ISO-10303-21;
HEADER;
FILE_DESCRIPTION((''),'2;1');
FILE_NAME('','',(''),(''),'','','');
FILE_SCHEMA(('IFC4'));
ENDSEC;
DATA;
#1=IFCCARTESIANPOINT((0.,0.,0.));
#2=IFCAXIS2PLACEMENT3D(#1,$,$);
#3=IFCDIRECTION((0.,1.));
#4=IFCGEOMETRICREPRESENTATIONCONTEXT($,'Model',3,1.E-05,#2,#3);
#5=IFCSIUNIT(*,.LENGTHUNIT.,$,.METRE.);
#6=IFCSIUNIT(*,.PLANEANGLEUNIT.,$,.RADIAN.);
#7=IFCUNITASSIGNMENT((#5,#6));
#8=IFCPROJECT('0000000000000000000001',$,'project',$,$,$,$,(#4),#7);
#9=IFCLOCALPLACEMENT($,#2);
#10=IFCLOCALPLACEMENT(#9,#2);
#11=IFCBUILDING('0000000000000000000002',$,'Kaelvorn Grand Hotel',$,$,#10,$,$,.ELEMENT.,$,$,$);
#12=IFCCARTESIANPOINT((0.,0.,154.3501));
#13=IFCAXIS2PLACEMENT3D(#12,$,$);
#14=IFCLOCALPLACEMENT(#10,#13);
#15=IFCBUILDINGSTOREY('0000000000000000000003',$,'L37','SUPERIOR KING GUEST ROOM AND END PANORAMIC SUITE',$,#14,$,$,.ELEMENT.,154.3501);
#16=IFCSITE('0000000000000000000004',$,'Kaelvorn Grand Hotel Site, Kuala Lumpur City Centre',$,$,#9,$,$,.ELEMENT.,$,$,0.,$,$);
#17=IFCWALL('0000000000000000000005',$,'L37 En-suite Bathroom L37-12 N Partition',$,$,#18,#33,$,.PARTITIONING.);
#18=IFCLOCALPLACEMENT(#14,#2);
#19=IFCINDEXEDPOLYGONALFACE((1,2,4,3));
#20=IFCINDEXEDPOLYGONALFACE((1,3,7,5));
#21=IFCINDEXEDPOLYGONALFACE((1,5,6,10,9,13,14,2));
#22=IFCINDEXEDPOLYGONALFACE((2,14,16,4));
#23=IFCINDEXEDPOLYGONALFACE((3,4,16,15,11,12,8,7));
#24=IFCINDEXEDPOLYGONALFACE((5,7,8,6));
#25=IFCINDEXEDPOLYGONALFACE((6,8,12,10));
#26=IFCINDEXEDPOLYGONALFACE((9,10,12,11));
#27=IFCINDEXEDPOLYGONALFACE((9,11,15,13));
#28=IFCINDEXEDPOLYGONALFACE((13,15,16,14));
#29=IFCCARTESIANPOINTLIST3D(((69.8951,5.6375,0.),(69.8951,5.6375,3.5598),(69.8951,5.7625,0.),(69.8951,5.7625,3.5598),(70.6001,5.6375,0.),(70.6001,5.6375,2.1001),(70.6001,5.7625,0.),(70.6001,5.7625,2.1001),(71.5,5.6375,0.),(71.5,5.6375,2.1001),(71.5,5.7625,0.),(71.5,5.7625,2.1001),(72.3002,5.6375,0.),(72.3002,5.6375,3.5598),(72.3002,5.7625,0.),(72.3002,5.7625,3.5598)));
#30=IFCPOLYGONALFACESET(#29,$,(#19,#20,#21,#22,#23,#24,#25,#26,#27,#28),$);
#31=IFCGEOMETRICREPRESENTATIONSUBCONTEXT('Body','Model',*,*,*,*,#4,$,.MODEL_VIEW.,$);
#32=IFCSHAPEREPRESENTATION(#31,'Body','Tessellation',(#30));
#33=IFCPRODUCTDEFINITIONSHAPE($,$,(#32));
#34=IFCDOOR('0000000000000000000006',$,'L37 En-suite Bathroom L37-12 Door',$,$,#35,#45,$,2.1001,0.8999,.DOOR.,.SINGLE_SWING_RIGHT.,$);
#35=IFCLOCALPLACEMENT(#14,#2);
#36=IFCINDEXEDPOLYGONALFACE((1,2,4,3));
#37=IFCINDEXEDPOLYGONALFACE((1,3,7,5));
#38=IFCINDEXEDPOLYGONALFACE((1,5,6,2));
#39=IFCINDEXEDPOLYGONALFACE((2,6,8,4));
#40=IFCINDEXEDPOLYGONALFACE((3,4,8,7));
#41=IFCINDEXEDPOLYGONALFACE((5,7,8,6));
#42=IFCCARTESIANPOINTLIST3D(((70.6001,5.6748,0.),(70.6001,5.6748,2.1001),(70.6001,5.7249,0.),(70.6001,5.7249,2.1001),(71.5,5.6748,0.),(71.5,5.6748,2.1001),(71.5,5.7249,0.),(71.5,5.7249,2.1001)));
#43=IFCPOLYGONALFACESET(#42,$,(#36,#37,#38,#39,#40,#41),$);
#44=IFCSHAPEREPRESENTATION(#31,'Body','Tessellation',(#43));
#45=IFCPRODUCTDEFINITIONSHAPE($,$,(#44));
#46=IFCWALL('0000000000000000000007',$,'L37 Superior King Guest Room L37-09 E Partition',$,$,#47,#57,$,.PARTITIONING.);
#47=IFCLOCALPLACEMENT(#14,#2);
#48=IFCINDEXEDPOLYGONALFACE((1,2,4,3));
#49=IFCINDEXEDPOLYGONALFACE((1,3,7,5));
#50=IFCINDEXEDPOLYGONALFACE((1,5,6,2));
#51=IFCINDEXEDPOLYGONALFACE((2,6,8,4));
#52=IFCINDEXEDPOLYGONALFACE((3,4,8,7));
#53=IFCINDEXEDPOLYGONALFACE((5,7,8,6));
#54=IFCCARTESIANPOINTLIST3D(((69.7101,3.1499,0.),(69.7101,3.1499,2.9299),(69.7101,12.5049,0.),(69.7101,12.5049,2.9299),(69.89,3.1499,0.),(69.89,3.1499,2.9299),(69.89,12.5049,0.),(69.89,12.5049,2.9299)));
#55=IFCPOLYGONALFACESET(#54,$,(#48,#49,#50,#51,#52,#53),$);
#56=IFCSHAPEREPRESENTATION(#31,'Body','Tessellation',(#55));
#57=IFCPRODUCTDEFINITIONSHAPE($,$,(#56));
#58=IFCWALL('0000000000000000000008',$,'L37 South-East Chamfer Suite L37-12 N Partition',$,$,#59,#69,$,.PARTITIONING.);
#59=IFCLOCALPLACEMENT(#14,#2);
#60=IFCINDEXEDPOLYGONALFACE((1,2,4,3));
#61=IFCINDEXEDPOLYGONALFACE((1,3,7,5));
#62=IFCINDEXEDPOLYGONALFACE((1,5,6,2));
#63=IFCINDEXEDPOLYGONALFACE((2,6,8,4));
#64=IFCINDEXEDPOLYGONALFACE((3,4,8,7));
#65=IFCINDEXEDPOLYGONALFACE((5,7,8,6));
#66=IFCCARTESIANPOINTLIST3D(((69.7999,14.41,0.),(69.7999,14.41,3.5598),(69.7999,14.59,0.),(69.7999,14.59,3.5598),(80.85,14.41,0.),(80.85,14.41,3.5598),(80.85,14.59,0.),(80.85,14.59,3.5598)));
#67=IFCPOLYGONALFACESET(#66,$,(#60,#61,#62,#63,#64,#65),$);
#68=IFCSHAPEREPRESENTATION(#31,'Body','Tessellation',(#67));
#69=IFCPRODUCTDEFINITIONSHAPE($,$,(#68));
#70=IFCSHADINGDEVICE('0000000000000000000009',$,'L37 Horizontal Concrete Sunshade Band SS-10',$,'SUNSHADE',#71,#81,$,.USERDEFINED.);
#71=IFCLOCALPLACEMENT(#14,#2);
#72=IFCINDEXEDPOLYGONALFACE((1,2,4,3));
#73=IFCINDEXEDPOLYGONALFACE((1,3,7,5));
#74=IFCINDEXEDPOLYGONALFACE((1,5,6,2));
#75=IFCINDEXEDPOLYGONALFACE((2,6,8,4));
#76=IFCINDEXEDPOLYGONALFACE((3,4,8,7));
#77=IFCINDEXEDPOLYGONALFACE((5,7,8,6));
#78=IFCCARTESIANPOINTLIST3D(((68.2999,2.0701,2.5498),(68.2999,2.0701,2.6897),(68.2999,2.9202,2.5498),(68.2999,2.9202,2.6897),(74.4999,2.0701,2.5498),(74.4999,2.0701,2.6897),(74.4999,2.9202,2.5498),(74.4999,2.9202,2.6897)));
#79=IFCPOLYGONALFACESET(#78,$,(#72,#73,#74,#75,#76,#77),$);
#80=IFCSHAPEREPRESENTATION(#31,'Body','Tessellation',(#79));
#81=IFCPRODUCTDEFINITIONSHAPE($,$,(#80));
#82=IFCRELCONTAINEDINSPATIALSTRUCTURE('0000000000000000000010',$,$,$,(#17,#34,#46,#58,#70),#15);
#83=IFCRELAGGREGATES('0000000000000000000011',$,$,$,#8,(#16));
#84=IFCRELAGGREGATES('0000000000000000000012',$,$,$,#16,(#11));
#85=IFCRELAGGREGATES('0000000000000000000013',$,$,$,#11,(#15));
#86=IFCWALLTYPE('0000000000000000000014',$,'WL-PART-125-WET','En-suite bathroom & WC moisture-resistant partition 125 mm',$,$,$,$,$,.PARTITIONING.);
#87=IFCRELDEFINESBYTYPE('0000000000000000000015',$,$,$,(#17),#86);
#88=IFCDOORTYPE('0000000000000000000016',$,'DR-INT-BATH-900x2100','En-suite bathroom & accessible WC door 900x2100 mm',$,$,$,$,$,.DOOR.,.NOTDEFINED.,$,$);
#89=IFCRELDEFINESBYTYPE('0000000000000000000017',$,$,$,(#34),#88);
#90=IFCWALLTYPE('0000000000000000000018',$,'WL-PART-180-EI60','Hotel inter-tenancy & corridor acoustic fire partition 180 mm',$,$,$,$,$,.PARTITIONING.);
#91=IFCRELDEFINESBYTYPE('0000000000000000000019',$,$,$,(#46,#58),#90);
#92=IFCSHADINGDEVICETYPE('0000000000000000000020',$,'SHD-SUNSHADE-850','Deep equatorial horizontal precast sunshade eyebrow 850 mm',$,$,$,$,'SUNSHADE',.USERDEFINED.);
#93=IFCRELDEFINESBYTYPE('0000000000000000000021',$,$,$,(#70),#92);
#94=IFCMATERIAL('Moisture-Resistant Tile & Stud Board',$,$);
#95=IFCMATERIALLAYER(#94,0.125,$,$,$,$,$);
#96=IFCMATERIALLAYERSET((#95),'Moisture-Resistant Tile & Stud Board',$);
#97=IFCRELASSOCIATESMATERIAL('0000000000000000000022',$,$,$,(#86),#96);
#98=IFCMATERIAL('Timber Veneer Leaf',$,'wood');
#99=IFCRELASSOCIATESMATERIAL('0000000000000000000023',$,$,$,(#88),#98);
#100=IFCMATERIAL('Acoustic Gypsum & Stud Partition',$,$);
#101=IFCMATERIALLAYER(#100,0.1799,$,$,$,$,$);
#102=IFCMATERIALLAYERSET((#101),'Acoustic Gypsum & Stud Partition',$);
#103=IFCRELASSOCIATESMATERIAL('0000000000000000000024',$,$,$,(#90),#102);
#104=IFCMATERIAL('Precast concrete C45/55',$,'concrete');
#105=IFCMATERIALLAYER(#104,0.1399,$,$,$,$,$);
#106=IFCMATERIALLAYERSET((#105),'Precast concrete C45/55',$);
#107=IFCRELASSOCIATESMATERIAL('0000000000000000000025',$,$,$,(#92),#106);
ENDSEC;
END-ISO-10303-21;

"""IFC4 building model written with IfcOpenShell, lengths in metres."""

from ifc_helpers import new_model, si_unit, direction, frame, frame_2d, origin, origin_2d, place, context, subcontext, project, spatial, rectangle, extrude, material, layer, layer_set, type_object, element, fill, save


model = new_model("IFC4")

# Units and contexts
model_context = context("Model", 3, precision=1e-05, world=origin(), true_north=direction((0.0, 1.0)))
body_context = subcontext(model_context, "Body", "Model", "MODEL_VIEW")
ifc_project = project(units=[si_unit("LENGTHUNIT", "METRE"), si_unit("PLANEANGLEUNIT", "RADIAN")], contexts=[model_context])

# Site, building, storey
site_placement = place(None, origin())
site = spatial("IfcSite", under=ifc_project, at=site_placement, Name="Kaelvorn Grand Hotel Site, Kuala Lumpur City Centre", CompositionType="ELEMENT", RefElevation=0.0)
building_placement = place(site_placement, origin())
building = spatial("IfcBuilding", under=site, at=building_placement, Name="Kaelvorn Grand Hotel", CompositionType="ELEMENT")
storey_placement = place(building_placement, frame((0.0, 0.0, 154.3501)))
storey = spatial("IfcBuildingStorey", under=building, at=storey_placement, Name="L37", Description="SUPERIOR KING GUEST ROOM AND END PANORAMIC SUITE", CompositionType="ELEMENT", Elevation=154.3501)

# Shared definitions
ifc_material_1 = material(Name="Moisture-Resistant Tile & Stud Board")
ifc_layer_1 = layer(ifc_material_1, 0.125)
ifc_layer_set_1 = layer_set([ifc_layer_1], Name="Moisture-Resistant Tile & Stud Board")
wall_type_1 = type_object("IfcWallType", Name="WL-PART-125-WET", Description="En-suite bathroom & WC moisture-resistant partition 125 mm", PredefinedType="PARTITIONING", material=ifc_layer_set_1)
ifc_material_2 = material(Name="Timber Veneer Leaf", Category="wood")
door_type_1 = type_object("IfcDoorType", Name="DR-INT-BATH-900x2100", Description="En-suite bathroom & accessible WC door 900x2100 mm", OperationType="NOTDEFINED", PredefinedType="DOOR", material=ifc_material_2)

# Wall, opening, door
wall_1_placement = place(storey_placement, frame((69.895, 5.7, 0.0), z_axis=(0.0, 0.0, 1.0), x_axis=(1.0, 0.0, 0.0)))
wall_1 = element("IfcWall", 1, at=wall_1_placement, inside=storey, type_object=wall_type_1, Name="L37 En-suite Bathroom L37-12 N Partition", PredefinedType="PARTITIONING", context=body_context, shape_type="SweptSolid", body=[
    extrude(rectangle(XDim=2.405, YDim=0.125, at=frame_2d((1.2026, 0.0))), origin(), (0.0, 0.0, 1.0), 3.5598),
])
opening_1_placement = place(wall_1_placement, frame((0.7051, 0.0, 0.0)))
opening_1 = element("IfcOpeningElement", 2, at=opening_1_placement, cuts=wall_1, PredefinedType="OPENING", context=body_context, shape_type="SweptSolid", body=[
    extrude(rectangle(XDim=0.8999, YDim=2.1001, at=frame_2d((0.45, 1.05))), frame((0.0, 0.0725, 0.0), z_axis=(0.0, -1.0, 0.0), x_axis=(1.0, 0.0, 0.0)), (0.0, 0.0, 1.0), 0.145),
])
door_1_placement = place(opening_1_placement, origin())
door_1 = element("IfcDoor", 3, at=door_1_placement, inside=storey, type_object=door_type_1, Name="L37 En-suite Bathroom L37-12 Door", OperationType="SINGLE_SWING_RIGHT", OverallHeight=2.1001, OverallWidth=0.8999, PredefinedType="DOOR", context=body_context, shape_type="SweptSolid", body=[
    extrude(rectangle(XDim=0.8999, YDim=2.1001, at=frame_2d((0.45, 1.05))), frame((0.0, 0.0249, 0.0), z_axis=(0.0, -1.0, 0.0), x_axis=(1.0, 0.0, 0.0)), (0.0, 0.0, 1.0), 0.05),
])
fill(opening_1, door_1)

# Walls
ifc_material_3 = material(Name="Acoustic Gypsum & Stud Partition")
ifc_layer_2 = layer(ifc_material_3, 0.1799)
ifc_layer_set_2 = layer_set([ifc_layer_2], Name="Acoustic Gypsum & Stud Partition")
wall_type_2 = type_object("IfcWallType", Name="WL-PART-180-EI60", Description="Hotel inter-tenancy & corridor acoustic fire partition 180 mm", PredefinedType="PARTITIONING", material=ifc_layer_set_2)
wall_2_placement = place(storey_placement, frame((69.8, 3.1499, 0.0), z_axis=(0.0, 0.0, 1.0), x_axis=(0.0, 1.0, 0.0)))
element("IfcWall", 4, at=wall_2_placement, inside=storey, type_object=wall_type_2, Name="L37 Superior King Guest Room L37-09 E Partition", PredefinedType="PARTITIONING", context=body_context, shape_type="SweptSolid", body=[
    extrude(rectangle(XDim=9.355, YDim=0.1799, at=frame_2d((4.6775, 0.0))), origin(), (0.0, 0.0, 1.0), 2.9299),
])
wall_3_placement = place(storey_placement, frame((69.8, 14.5, 0.0), z_axis=(0.0, 0.0, 1.0), x_axis=(1.0, 0.0, 0.0)))
element("IfcWall", 5, at=wall_3_placement, inside=storey, type_object=wall_type_2, Name="L37 South-East Chamfer Suite L37-12 N Partition", PredefinedType="PARTITIONING", context=body_context, shape_type="SweptSolid", body=[
    extrude(rectangle(XDim=11.05, YDim=0.1799, at=frame_2d((5.5249, 0.0))), origin(), (0.0, 0.0, 1.0), 3.5598),
])

# Shading device
ifc_material_4 = material(Name="Precast concrete C45/55", Category="concrete")
ifc_layer_3 = layer(ifc_material_4, 0.1399)
ifc_layer_set_3 = layer_set([ifc_layer_3], Name="Precast concrete C45/55")
shading_device_type = type_object("IfcShadingDeviceType", Name="SHD-SUNSHADE-850", Description="Deep equatorial horizontal precast sunshade eyebrow 850 mm", ElementType="SUNSHADE", PredefinedType="USERDEFINED", material=ifc_layer_set_3)
shading_device_placement = place(storey_placement, frame((71.3999, 2.4951, 2.5498), z_axis=(0.0, 0.0, 1.0), x_axis=(1.0, 0.0, 0.0)))
element("IfcShadingDevice", 6, at=shading_device_placement, inside=storey, type_object=shading_device_type, Name="L37 Horizontal Concrete Sunshade Band SS-10", ObjectType="SUNSHADE", PredefinedType="USERDEFINED", context=body_context, shape_type="SweptSolid", body=[
    extrude(rectangle(XDim=6.2, YDim=0.8501, at=origin_2d()), origin(), (0.0, 0.0, 1.0), 0.1399),
])

save(model, "model.ifc")
